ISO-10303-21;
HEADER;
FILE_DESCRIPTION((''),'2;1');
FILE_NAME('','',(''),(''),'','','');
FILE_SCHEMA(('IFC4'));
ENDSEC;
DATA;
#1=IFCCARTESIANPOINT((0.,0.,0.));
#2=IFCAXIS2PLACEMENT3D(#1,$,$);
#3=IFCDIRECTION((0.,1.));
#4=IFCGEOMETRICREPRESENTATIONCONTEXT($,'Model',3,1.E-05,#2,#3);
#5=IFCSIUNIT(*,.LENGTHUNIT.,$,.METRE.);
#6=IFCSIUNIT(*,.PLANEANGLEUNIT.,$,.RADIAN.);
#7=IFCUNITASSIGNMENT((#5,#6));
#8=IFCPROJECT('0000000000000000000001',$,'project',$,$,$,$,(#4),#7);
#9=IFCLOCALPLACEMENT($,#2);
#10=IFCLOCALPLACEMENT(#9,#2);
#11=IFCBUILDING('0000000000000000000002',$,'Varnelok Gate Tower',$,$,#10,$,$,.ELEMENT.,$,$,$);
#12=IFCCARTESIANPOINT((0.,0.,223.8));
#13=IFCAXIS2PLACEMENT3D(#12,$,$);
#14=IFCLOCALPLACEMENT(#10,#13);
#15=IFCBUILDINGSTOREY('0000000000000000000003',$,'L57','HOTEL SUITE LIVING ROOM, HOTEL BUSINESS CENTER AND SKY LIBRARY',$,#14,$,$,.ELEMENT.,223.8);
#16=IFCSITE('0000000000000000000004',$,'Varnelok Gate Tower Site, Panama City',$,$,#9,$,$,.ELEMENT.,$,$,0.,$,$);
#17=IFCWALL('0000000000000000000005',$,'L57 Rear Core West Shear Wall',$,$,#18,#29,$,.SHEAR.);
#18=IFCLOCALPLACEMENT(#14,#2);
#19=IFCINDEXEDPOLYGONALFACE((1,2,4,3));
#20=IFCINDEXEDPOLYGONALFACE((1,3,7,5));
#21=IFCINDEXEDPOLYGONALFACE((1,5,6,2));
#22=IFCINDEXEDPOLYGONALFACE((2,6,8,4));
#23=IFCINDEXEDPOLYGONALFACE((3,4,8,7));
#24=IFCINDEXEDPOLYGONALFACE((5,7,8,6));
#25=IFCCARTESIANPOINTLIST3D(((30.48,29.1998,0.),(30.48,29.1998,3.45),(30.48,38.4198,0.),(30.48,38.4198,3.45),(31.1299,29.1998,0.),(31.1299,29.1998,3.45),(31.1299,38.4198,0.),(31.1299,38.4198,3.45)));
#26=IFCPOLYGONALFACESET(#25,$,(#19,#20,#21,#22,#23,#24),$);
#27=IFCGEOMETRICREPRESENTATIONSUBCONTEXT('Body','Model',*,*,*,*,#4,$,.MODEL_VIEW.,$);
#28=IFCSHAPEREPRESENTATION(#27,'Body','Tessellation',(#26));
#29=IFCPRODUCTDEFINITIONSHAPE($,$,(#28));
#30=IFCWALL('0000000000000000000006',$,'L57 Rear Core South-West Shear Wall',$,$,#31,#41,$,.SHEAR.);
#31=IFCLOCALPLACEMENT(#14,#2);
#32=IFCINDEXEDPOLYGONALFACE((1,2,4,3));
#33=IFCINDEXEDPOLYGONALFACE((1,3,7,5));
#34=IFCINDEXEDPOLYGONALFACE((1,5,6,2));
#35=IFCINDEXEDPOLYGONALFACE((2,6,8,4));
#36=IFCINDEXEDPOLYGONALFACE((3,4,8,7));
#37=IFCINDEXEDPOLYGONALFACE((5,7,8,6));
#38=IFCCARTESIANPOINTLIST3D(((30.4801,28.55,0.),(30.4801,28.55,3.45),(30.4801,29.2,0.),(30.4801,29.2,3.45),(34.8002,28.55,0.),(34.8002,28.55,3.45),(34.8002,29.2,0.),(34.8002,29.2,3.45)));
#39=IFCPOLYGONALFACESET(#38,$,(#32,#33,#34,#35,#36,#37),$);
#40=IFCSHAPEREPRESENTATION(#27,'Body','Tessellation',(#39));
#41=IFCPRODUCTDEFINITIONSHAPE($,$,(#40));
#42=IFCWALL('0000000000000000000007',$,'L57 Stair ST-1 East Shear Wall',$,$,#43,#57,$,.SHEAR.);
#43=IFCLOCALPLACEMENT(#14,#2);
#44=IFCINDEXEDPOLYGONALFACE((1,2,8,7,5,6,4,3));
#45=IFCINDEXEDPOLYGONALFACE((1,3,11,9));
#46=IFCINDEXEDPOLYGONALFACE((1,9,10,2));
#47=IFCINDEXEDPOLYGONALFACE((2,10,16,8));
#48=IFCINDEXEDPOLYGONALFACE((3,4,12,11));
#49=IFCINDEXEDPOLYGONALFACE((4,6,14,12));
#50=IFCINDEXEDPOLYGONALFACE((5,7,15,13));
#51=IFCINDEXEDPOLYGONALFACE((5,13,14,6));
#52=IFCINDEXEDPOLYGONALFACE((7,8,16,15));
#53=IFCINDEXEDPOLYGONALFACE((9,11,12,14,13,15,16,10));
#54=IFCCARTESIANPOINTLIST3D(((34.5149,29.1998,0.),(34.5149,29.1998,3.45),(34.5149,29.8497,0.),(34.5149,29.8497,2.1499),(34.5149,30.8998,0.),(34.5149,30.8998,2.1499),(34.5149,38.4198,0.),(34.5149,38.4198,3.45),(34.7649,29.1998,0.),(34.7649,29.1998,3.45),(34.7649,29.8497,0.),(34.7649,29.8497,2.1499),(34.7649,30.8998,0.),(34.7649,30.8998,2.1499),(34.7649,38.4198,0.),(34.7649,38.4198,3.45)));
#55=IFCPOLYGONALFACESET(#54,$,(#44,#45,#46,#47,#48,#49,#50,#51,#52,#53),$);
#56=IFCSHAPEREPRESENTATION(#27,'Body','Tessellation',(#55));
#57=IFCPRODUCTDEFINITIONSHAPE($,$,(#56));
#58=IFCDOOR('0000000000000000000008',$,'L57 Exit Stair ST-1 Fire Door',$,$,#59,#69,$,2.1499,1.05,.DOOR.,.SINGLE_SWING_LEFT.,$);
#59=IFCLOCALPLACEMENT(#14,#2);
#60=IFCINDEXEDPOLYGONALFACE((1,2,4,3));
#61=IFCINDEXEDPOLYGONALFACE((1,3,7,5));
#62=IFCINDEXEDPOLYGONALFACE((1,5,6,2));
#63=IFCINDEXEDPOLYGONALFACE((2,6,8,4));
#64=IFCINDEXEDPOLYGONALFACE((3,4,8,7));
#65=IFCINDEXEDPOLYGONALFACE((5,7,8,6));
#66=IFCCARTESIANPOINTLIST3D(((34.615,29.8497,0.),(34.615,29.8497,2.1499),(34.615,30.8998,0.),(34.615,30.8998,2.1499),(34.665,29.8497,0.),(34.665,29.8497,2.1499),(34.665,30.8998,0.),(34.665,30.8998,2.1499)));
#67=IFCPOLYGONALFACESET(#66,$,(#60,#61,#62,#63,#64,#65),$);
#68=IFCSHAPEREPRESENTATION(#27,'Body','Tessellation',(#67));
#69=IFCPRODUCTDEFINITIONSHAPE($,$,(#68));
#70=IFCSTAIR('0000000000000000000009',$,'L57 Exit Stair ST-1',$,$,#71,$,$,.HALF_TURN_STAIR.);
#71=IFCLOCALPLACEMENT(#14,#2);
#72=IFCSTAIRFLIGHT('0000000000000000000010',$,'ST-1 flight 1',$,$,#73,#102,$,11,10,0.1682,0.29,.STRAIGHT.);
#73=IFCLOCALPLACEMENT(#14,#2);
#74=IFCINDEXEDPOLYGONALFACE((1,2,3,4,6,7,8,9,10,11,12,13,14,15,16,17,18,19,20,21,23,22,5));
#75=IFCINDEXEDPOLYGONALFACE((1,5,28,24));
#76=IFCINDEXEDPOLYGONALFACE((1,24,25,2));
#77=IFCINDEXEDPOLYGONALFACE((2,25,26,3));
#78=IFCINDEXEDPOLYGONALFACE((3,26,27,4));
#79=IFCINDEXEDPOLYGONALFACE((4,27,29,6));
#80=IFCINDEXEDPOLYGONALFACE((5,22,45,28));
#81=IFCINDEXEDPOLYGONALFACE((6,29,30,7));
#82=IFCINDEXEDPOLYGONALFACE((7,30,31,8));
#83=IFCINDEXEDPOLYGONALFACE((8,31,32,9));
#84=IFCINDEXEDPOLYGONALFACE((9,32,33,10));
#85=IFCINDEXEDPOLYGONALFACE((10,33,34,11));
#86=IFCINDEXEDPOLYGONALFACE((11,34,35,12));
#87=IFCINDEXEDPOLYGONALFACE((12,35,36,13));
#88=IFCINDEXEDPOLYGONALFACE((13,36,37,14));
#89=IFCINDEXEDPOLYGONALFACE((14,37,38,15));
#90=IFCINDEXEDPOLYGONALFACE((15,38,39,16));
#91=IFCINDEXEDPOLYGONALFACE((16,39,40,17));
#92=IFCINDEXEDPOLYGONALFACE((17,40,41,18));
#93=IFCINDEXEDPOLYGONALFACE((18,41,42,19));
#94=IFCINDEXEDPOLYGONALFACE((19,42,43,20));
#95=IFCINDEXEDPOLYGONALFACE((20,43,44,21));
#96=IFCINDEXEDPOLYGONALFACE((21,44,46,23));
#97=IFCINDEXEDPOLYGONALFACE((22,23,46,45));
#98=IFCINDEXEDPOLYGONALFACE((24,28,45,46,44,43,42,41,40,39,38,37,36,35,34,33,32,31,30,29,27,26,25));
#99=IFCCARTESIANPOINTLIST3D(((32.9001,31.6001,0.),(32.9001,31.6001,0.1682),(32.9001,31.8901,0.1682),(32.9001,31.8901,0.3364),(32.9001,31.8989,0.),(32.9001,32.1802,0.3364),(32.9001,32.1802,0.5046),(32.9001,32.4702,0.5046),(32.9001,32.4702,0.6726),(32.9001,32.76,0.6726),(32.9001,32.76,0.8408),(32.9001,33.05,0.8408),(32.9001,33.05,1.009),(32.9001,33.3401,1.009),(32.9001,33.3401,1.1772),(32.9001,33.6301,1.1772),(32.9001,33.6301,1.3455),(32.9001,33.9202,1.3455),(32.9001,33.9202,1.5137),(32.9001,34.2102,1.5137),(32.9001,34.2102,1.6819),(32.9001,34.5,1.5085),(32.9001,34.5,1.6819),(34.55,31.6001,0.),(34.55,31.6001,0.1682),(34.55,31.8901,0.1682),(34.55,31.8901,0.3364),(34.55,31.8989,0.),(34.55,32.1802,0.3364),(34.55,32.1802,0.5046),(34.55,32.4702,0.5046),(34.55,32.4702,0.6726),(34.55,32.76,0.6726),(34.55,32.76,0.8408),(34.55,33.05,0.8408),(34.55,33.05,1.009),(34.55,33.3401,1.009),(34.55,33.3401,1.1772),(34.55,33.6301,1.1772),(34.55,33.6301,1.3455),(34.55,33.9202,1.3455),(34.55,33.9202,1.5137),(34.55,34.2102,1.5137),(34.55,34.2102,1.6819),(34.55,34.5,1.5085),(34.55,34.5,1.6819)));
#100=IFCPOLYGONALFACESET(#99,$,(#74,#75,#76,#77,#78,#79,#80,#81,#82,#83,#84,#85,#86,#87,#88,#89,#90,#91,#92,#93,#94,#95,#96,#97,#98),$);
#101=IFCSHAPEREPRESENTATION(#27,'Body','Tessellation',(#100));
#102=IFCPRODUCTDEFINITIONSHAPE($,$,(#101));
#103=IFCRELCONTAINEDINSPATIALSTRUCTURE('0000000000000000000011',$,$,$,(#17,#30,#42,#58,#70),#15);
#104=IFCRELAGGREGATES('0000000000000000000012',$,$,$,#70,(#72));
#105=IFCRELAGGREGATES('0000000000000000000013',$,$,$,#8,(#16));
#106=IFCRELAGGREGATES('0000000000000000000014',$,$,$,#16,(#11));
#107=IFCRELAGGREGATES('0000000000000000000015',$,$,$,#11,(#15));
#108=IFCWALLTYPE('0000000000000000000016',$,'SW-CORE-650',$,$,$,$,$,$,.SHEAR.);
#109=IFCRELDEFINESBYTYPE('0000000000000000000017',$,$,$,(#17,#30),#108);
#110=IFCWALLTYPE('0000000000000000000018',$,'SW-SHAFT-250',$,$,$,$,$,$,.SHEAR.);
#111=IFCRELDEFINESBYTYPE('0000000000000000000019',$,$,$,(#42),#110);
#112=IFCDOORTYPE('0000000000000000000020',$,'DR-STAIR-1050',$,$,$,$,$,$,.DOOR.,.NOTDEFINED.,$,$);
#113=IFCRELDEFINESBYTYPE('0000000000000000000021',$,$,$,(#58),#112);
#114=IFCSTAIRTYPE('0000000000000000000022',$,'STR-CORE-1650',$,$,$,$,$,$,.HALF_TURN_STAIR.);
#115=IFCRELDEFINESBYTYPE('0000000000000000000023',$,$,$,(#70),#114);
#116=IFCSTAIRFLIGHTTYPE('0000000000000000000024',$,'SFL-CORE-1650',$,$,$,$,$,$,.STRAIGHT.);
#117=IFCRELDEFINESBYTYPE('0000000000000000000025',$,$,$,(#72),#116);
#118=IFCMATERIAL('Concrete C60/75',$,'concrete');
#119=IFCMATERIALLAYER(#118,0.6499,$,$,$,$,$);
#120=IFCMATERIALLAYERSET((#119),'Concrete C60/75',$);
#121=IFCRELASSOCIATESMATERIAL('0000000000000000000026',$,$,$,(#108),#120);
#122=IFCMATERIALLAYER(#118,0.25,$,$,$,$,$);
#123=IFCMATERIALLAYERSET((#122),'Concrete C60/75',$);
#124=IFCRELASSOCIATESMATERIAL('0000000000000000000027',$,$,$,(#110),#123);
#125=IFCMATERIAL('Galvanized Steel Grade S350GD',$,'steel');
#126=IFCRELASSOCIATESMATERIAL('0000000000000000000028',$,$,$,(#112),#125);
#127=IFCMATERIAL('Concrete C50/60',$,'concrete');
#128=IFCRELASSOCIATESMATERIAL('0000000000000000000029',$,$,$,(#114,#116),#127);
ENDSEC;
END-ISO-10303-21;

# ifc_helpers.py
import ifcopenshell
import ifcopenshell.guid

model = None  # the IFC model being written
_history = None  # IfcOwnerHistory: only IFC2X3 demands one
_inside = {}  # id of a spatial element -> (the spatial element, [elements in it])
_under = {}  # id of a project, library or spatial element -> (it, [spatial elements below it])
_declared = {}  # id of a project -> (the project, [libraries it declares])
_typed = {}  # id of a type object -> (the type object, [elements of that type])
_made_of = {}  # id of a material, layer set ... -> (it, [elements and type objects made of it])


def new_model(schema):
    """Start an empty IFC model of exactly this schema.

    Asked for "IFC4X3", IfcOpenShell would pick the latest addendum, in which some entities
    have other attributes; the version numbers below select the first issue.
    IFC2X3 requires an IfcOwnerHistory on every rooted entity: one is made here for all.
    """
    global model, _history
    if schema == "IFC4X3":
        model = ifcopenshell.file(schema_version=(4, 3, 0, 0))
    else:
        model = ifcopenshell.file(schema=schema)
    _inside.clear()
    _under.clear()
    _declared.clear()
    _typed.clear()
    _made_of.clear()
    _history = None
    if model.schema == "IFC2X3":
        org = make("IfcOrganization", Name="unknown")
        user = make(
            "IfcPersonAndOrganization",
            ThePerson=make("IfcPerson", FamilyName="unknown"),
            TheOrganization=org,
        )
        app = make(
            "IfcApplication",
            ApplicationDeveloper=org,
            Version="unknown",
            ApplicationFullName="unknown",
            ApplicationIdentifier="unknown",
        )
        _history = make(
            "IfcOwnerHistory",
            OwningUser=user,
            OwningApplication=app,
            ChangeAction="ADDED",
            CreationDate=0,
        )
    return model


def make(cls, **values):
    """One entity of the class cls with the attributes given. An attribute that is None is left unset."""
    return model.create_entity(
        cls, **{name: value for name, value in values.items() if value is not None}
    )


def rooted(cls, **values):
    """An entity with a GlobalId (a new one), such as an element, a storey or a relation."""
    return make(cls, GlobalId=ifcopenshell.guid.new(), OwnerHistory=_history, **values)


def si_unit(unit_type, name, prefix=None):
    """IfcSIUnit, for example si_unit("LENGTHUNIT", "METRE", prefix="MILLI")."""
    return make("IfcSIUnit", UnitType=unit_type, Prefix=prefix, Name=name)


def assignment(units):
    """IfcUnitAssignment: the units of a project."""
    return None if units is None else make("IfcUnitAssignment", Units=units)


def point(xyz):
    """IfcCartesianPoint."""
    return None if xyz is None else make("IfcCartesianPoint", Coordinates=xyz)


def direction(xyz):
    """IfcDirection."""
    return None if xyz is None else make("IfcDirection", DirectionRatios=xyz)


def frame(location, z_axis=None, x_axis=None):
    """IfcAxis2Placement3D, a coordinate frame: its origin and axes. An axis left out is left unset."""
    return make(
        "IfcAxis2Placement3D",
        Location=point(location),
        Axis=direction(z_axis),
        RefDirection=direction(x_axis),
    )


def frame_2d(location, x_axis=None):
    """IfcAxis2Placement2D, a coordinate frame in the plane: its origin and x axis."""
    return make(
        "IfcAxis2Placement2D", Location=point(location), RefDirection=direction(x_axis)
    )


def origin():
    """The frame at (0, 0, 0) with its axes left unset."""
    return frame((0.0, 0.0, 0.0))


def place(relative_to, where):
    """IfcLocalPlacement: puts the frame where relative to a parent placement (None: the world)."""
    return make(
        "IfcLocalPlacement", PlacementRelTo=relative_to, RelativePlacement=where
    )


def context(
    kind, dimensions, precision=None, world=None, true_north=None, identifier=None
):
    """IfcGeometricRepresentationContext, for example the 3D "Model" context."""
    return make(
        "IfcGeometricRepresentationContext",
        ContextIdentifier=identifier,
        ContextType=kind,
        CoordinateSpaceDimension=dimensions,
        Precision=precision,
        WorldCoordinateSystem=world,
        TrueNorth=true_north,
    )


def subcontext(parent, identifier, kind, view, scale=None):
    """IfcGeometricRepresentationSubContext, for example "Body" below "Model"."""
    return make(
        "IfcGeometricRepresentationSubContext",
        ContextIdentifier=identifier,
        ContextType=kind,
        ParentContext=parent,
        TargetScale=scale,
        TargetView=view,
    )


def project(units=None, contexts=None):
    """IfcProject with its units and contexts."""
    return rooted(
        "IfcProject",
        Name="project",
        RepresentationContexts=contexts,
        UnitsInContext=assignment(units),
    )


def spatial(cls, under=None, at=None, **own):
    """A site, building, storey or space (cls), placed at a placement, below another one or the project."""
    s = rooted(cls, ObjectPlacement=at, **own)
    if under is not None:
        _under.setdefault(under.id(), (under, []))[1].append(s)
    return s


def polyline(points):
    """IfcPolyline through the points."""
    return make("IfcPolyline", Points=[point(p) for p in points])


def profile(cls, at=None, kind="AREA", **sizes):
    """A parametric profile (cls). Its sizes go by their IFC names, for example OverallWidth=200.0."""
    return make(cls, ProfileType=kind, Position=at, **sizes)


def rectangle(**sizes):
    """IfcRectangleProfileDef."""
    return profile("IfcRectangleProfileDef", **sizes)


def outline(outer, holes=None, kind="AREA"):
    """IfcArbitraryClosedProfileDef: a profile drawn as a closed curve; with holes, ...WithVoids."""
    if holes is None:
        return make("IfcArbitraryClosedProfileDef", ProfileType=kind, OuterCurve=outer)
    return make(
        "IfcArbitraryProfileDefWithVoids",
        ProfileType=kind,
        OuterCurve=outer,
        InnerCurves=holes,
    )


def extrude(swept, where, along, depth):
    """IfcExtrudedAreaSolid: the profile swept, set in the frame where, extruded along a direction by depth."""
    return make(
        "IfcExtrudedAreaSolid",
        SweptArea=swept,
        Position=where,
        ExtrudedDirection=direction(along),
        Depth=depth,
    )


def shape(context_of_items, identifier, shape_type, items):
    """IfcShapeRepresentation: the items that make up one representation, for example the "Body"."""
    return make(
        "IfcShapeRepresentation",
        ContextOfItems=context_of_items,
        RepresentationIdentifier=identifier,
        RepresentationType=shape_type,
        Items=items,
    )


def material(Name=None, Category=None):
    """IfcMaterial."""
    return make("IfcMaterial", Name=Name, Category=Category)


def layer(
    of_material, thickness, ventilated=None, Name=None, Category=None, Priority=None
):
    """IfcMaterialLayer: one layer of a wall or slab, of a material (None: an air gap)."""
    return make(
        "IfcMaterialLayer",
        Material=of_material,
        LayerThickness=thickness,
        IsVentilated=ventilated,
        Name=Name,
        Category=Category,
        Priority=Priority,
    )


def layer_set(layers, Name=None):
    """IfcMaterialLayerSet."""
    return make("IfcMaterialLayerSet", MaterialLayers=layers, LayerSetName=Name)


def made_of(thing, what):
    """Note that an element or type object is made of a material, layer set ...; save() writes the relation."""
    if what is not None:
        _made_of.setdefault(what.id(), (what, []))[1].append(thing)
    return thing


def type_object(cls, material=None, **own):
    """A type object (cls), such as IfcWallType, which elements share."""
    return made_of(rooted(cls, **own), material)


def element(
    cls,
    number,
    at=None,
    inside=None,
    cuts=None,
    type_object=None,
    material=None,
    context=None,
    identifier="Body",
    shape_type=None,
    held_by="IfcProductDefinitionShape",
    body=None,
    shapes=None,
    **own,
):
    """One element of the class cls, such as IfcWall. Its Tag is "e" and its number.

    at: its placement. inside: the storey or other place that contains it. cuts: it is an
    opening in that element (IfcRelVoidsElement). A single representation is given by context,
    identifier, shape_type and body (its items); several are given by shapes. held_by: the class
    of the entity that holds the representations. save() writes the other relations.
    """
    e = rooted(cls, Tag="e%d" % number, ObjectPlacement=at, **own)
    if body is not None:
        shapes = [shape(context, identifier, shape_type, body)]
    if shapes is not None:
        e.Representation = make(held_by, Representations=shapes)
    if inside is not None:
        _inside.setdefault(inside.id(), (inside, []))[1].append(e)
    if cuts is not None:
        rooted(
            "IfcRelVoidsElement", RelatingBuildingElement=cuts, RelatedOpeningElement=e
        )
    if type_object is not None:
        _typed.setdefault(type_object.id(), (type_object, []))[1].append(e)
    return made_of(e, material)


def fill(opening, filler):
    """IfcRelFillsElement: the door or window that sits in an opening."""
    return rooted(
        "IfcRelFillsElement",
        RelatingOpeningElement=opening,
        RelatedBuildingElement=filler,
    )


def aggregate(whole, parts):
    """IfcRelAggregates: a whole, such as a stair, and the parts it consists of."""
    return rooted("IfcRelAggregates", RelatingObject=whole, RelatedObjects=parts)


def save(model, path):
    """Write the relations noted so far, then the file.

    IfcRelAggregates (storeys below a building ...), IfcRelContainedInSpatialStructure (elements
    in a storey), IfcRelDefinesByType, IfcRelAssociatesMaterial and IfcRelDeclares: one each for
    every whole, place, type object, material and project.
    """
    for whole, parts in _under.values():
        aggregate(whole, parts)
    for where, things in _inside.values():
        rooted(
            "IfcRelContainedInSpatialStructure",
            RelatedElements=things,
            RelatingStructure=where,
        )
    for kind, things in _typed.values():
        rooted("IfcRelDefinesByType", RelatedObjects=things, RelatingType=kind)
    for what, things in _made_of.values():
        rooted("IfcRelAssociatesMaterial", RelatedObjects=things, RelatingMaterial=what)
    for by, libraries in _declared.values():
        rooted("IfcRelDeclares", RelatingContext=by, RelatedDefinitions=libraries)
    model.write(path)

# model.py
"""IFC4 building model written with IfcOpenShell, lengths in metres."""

from ifc_helpers import new_model, si_unit, direction, frame, frame_2d, origin, place, context, subcontext, project, spatial, polyline, rectangle, outline, extrude, material, layer, layer_set, type_object, element, fill, aggregate, save


model = new_model("IFC4")

# Units and contexts
model_context = context("Model", 3, precision=1e-05, world=origin(), true_north=direction((0.0, 1.0)))
body_context = subcontext(model_context, "Body", "Model", "MODEL_VIEW")
ifc_project = project(units=[si_unit("LENGTHUNIT", "METRE"), si_unit("PLANEANGLEUNIT", "RADIAN")], contexts=[model_context])

# Site, building, storey
site_placement = place(None, origin())
site = spatial("IfcSite", under=ifc_project, at=site_placement, Name="Varnelok Gate Tower Site, Panama City", CompositionType="ELEMENT", RefElevation=0.0)
building_placement = place(site_placement, origin())
building = spatial("IfcBuilding", under=site, at=building_placement, Name="Varnelok Gate Tower", CompositionType="ELEMENT")
storey_placement = place(building_placement, frame((0.0, 0.0, 223.8)))
storey = spatial("IfcBuildingStorey", under=building, at=storey_placement, Name="L57", Description="HOTEL SUITE LIVING ROOM, HOTEL BUSINESS CENTER AND SKY LIBRARY", CompositionType="ELEMENT", Elevation=223.8)

# Shared definitions
ifc_material_1 = material(Name="Concrete C60/75", Category="concrete")

# Shared definitions
ifc_material_2 = material(Name="Galvanized Steel Grade S350GD", Category="steel")

# Walls
ifc_layer_1 = layer(ifc_material_1, 0.6499)
ifc_layer_set_1 = layer_set([ifc_layer_1], Name="Concrete C60/75")
wall_type_1 = type_object("IfcWallType", Name="SW-CORE-650", PredefinedType="SHEAR", material=ifc_layer_set_1)
wall_1_placement = place(storey_placement, frame((30.8049, 29.2, 0.0), z_axis=(0.0, 0.0, 1.0), x_axis=(0.0, 1.0, 0.0)))
element("IfcWall", 1, at=wall_1_placement, inside=storey, type_object=wall_type_1, Name="L57 Rear Core West Shear Wall", PredefinedType="SHEAR", context=body_context, shape_type="SweptSolid", body=[
    extrude(rectangle(XDim=9.22, YDim=0.6499, at=frame_2d((4.6099, 0.0))), origin(), (0.0, 0.0, 1.0), 3.45),
])
wall_2_placement = place(storey_placement, frame((30.48, 28.875, 0.0), z_axis=(0.0, 0.0, 1.0), x_axis=(1.0, 0.0, 0.0)))
element("IfcWall", 2, at=wall_2_placement, inside=storey, type_object=wall_type_1, Name="L57 Rear Core South-West Shear Wall", PredefinedType="SHEAR", context=body_context, shape_type="SweptSolid", body=[
    extrude(rectangle(XDim=4.3201, YDim=0.6499, at=frame_2d((2.1602, 0.0))), origin(), (0.0, 0.0, 1.0), 3.45),
])

# Wall, opening, door
ifc_layer_2 = layer(ifc_material_1, 0.25)
ifc_layer_set_2 = layer_set([ifc_layer_2], Name="Concrete C60/75")
wall_type_2 = type_object("IfcWallType", Name="SW-SHAFT-250", PredefinedType="SHEAR", material=ifc_layer_set_2)
wall_3_placement = place(storey_placement, frame((34.6399, 29.2, 0.0), z_axis=(0.0, 0.0, 1.0), x_axis=(0.0, 1.0, 0.0)))
wall_3 = element("IfcWall", 3, at=wall_3_placement, inside=storey, type_object=wall_type_2, Name="L57 Stair ST-1 East Shear Wall", PredefinedType="SHEAR", context=body_context, shape_type="SweptSolid", body=[
    extrude(rectangle(XDim=9.22, YDim=0.25, at=frame_2d((4.6099, 0.0))), origin(), (0.0, 0.0, 1.0), 3.45),
])
opening_1_placement = place(wall_3_placement, frame((0.6499, 0.0, 0.0)))
opening_1 = element("IfcOpeningElement", 4, at=opening_1_placement, cuts=wall_3, PredefinedType="OPENING", context=body_context, shape_type="SweptSolid", body=[
    extrude(rectangle(XDim=1.05, YDim=2.1499, at=frame_2d((0.5249, 1.075))), frame((0.0, 0.135, 0.0), z_axis=(0.0, -1.0, 0.0), x_axis=(1.0, 0.0, 0.0)), (0.0, 0.0, 1.0), 0.27),
])
door_type_1 = type_object("IfcDoorType", Name="DR-STAIR-1050", OperationType="NOTDEFINED", PredefinedType="DOOR", material=ifc_material_2)
door_1_placement = place(opening_1_placement, origin())
door_1 = element("IfcDoor", 5, at=door_1_placement, inside=storey, type_object=door_type_1, Name="L57 Exit Stair ST-1 Fire Door", OperationType="SINGLE_SWING_LEFT", OverallHeight=2.1499, OverallWidth=1.05, PredefinedType="DOOR", context=body_context, shape_type="SweptSolid", body=[
    extrude(rectangle(XDim=1.05, YDim=2.1499, at=frame_2d((0.5249, 1.075))), frame((0.0, 0.0249, 0.0), z_axis=(0.0, -1.0, 0.0), x_axis=(1.0, 0.0, 0.0)), (0.0, 0.0, 1.0), 0.05),
])
fill(opening_1, door_1)

# Stair, stair flight
ifc_material_3 = material(Name="Concrete C50/60", Category="concrete")
stair_type = type_object("IfcStairType", Name="STR-CORE-1650", PredefinedType="HALF_TURN_STAIR", material=ifc_material_3)
stair_placement = place(storey_placement, origin())
stair = element("IfcStair", 6, at=stair_placement, inside=storey, type_object=stair_type, Name="L57 Exit Stair ST-1", PredefinedType="HALF_TURN_STAIR")
stair_flight_type = type_object("IfcStairFlightType", Name="SFL-CORE-1650", PredefinedType="STRAIGHT", material=ifc_material_3)
stair_flight_placement = place(storey_placement, frame((33.7251, 31.6001, 0.0), z_axis=(0.0, 0.0, 1.0), x_axis=(0.0, 1.0, 0.0)))
stair_flight = element("IfcStairFlight", 7, at=stair_flight_placement, type_object=stair_flight_type, Name="ST-1 flight 1", NumberOfRisers=11, NumberOfTreads=10, PredefinedType="STRAIGHT", RiserHeight=0.1682, TreadLength=0.29, context=body_context, shape_type="SweptSolid", body=[
    extrude(outline(polyline([(0.0, 0.0), (0.0, 0.1682), (0.29, 0.1682), (0.29, 0.3364), (0.5801, 0.3364), (0.5801, 0.5046), (0.8701, 0.5046), (0.8701, 0.6726), (1.1599, 0.6726), (1.1599, 0.8408), (1.45, 0.8408), (1.45, 1.009), (1.74, 1.009), (1.74, 1.1772), (2.03, 1.1772), (2.03, 1.3455), (2.3201, 1.3455), (2.3201, 1.5137), (2.6101, 1.5137), (2.6101, 1.6819), (2.8999, 1.6819), (2.8999, 1.8501), (2.8999, 1.5085), (0.2988, 0.0), (0.0, 0.0)])), frame((0.0, 0.825, 0.0), z_axis=(0.0, -1.0, 0.0), x_axis=(1.0, 0.0, 0.0)), (0.0, 0.0, 1.0), 1.6499),
])
aggregate(stair, [stair_flight])

save(model, "model.ifc")
